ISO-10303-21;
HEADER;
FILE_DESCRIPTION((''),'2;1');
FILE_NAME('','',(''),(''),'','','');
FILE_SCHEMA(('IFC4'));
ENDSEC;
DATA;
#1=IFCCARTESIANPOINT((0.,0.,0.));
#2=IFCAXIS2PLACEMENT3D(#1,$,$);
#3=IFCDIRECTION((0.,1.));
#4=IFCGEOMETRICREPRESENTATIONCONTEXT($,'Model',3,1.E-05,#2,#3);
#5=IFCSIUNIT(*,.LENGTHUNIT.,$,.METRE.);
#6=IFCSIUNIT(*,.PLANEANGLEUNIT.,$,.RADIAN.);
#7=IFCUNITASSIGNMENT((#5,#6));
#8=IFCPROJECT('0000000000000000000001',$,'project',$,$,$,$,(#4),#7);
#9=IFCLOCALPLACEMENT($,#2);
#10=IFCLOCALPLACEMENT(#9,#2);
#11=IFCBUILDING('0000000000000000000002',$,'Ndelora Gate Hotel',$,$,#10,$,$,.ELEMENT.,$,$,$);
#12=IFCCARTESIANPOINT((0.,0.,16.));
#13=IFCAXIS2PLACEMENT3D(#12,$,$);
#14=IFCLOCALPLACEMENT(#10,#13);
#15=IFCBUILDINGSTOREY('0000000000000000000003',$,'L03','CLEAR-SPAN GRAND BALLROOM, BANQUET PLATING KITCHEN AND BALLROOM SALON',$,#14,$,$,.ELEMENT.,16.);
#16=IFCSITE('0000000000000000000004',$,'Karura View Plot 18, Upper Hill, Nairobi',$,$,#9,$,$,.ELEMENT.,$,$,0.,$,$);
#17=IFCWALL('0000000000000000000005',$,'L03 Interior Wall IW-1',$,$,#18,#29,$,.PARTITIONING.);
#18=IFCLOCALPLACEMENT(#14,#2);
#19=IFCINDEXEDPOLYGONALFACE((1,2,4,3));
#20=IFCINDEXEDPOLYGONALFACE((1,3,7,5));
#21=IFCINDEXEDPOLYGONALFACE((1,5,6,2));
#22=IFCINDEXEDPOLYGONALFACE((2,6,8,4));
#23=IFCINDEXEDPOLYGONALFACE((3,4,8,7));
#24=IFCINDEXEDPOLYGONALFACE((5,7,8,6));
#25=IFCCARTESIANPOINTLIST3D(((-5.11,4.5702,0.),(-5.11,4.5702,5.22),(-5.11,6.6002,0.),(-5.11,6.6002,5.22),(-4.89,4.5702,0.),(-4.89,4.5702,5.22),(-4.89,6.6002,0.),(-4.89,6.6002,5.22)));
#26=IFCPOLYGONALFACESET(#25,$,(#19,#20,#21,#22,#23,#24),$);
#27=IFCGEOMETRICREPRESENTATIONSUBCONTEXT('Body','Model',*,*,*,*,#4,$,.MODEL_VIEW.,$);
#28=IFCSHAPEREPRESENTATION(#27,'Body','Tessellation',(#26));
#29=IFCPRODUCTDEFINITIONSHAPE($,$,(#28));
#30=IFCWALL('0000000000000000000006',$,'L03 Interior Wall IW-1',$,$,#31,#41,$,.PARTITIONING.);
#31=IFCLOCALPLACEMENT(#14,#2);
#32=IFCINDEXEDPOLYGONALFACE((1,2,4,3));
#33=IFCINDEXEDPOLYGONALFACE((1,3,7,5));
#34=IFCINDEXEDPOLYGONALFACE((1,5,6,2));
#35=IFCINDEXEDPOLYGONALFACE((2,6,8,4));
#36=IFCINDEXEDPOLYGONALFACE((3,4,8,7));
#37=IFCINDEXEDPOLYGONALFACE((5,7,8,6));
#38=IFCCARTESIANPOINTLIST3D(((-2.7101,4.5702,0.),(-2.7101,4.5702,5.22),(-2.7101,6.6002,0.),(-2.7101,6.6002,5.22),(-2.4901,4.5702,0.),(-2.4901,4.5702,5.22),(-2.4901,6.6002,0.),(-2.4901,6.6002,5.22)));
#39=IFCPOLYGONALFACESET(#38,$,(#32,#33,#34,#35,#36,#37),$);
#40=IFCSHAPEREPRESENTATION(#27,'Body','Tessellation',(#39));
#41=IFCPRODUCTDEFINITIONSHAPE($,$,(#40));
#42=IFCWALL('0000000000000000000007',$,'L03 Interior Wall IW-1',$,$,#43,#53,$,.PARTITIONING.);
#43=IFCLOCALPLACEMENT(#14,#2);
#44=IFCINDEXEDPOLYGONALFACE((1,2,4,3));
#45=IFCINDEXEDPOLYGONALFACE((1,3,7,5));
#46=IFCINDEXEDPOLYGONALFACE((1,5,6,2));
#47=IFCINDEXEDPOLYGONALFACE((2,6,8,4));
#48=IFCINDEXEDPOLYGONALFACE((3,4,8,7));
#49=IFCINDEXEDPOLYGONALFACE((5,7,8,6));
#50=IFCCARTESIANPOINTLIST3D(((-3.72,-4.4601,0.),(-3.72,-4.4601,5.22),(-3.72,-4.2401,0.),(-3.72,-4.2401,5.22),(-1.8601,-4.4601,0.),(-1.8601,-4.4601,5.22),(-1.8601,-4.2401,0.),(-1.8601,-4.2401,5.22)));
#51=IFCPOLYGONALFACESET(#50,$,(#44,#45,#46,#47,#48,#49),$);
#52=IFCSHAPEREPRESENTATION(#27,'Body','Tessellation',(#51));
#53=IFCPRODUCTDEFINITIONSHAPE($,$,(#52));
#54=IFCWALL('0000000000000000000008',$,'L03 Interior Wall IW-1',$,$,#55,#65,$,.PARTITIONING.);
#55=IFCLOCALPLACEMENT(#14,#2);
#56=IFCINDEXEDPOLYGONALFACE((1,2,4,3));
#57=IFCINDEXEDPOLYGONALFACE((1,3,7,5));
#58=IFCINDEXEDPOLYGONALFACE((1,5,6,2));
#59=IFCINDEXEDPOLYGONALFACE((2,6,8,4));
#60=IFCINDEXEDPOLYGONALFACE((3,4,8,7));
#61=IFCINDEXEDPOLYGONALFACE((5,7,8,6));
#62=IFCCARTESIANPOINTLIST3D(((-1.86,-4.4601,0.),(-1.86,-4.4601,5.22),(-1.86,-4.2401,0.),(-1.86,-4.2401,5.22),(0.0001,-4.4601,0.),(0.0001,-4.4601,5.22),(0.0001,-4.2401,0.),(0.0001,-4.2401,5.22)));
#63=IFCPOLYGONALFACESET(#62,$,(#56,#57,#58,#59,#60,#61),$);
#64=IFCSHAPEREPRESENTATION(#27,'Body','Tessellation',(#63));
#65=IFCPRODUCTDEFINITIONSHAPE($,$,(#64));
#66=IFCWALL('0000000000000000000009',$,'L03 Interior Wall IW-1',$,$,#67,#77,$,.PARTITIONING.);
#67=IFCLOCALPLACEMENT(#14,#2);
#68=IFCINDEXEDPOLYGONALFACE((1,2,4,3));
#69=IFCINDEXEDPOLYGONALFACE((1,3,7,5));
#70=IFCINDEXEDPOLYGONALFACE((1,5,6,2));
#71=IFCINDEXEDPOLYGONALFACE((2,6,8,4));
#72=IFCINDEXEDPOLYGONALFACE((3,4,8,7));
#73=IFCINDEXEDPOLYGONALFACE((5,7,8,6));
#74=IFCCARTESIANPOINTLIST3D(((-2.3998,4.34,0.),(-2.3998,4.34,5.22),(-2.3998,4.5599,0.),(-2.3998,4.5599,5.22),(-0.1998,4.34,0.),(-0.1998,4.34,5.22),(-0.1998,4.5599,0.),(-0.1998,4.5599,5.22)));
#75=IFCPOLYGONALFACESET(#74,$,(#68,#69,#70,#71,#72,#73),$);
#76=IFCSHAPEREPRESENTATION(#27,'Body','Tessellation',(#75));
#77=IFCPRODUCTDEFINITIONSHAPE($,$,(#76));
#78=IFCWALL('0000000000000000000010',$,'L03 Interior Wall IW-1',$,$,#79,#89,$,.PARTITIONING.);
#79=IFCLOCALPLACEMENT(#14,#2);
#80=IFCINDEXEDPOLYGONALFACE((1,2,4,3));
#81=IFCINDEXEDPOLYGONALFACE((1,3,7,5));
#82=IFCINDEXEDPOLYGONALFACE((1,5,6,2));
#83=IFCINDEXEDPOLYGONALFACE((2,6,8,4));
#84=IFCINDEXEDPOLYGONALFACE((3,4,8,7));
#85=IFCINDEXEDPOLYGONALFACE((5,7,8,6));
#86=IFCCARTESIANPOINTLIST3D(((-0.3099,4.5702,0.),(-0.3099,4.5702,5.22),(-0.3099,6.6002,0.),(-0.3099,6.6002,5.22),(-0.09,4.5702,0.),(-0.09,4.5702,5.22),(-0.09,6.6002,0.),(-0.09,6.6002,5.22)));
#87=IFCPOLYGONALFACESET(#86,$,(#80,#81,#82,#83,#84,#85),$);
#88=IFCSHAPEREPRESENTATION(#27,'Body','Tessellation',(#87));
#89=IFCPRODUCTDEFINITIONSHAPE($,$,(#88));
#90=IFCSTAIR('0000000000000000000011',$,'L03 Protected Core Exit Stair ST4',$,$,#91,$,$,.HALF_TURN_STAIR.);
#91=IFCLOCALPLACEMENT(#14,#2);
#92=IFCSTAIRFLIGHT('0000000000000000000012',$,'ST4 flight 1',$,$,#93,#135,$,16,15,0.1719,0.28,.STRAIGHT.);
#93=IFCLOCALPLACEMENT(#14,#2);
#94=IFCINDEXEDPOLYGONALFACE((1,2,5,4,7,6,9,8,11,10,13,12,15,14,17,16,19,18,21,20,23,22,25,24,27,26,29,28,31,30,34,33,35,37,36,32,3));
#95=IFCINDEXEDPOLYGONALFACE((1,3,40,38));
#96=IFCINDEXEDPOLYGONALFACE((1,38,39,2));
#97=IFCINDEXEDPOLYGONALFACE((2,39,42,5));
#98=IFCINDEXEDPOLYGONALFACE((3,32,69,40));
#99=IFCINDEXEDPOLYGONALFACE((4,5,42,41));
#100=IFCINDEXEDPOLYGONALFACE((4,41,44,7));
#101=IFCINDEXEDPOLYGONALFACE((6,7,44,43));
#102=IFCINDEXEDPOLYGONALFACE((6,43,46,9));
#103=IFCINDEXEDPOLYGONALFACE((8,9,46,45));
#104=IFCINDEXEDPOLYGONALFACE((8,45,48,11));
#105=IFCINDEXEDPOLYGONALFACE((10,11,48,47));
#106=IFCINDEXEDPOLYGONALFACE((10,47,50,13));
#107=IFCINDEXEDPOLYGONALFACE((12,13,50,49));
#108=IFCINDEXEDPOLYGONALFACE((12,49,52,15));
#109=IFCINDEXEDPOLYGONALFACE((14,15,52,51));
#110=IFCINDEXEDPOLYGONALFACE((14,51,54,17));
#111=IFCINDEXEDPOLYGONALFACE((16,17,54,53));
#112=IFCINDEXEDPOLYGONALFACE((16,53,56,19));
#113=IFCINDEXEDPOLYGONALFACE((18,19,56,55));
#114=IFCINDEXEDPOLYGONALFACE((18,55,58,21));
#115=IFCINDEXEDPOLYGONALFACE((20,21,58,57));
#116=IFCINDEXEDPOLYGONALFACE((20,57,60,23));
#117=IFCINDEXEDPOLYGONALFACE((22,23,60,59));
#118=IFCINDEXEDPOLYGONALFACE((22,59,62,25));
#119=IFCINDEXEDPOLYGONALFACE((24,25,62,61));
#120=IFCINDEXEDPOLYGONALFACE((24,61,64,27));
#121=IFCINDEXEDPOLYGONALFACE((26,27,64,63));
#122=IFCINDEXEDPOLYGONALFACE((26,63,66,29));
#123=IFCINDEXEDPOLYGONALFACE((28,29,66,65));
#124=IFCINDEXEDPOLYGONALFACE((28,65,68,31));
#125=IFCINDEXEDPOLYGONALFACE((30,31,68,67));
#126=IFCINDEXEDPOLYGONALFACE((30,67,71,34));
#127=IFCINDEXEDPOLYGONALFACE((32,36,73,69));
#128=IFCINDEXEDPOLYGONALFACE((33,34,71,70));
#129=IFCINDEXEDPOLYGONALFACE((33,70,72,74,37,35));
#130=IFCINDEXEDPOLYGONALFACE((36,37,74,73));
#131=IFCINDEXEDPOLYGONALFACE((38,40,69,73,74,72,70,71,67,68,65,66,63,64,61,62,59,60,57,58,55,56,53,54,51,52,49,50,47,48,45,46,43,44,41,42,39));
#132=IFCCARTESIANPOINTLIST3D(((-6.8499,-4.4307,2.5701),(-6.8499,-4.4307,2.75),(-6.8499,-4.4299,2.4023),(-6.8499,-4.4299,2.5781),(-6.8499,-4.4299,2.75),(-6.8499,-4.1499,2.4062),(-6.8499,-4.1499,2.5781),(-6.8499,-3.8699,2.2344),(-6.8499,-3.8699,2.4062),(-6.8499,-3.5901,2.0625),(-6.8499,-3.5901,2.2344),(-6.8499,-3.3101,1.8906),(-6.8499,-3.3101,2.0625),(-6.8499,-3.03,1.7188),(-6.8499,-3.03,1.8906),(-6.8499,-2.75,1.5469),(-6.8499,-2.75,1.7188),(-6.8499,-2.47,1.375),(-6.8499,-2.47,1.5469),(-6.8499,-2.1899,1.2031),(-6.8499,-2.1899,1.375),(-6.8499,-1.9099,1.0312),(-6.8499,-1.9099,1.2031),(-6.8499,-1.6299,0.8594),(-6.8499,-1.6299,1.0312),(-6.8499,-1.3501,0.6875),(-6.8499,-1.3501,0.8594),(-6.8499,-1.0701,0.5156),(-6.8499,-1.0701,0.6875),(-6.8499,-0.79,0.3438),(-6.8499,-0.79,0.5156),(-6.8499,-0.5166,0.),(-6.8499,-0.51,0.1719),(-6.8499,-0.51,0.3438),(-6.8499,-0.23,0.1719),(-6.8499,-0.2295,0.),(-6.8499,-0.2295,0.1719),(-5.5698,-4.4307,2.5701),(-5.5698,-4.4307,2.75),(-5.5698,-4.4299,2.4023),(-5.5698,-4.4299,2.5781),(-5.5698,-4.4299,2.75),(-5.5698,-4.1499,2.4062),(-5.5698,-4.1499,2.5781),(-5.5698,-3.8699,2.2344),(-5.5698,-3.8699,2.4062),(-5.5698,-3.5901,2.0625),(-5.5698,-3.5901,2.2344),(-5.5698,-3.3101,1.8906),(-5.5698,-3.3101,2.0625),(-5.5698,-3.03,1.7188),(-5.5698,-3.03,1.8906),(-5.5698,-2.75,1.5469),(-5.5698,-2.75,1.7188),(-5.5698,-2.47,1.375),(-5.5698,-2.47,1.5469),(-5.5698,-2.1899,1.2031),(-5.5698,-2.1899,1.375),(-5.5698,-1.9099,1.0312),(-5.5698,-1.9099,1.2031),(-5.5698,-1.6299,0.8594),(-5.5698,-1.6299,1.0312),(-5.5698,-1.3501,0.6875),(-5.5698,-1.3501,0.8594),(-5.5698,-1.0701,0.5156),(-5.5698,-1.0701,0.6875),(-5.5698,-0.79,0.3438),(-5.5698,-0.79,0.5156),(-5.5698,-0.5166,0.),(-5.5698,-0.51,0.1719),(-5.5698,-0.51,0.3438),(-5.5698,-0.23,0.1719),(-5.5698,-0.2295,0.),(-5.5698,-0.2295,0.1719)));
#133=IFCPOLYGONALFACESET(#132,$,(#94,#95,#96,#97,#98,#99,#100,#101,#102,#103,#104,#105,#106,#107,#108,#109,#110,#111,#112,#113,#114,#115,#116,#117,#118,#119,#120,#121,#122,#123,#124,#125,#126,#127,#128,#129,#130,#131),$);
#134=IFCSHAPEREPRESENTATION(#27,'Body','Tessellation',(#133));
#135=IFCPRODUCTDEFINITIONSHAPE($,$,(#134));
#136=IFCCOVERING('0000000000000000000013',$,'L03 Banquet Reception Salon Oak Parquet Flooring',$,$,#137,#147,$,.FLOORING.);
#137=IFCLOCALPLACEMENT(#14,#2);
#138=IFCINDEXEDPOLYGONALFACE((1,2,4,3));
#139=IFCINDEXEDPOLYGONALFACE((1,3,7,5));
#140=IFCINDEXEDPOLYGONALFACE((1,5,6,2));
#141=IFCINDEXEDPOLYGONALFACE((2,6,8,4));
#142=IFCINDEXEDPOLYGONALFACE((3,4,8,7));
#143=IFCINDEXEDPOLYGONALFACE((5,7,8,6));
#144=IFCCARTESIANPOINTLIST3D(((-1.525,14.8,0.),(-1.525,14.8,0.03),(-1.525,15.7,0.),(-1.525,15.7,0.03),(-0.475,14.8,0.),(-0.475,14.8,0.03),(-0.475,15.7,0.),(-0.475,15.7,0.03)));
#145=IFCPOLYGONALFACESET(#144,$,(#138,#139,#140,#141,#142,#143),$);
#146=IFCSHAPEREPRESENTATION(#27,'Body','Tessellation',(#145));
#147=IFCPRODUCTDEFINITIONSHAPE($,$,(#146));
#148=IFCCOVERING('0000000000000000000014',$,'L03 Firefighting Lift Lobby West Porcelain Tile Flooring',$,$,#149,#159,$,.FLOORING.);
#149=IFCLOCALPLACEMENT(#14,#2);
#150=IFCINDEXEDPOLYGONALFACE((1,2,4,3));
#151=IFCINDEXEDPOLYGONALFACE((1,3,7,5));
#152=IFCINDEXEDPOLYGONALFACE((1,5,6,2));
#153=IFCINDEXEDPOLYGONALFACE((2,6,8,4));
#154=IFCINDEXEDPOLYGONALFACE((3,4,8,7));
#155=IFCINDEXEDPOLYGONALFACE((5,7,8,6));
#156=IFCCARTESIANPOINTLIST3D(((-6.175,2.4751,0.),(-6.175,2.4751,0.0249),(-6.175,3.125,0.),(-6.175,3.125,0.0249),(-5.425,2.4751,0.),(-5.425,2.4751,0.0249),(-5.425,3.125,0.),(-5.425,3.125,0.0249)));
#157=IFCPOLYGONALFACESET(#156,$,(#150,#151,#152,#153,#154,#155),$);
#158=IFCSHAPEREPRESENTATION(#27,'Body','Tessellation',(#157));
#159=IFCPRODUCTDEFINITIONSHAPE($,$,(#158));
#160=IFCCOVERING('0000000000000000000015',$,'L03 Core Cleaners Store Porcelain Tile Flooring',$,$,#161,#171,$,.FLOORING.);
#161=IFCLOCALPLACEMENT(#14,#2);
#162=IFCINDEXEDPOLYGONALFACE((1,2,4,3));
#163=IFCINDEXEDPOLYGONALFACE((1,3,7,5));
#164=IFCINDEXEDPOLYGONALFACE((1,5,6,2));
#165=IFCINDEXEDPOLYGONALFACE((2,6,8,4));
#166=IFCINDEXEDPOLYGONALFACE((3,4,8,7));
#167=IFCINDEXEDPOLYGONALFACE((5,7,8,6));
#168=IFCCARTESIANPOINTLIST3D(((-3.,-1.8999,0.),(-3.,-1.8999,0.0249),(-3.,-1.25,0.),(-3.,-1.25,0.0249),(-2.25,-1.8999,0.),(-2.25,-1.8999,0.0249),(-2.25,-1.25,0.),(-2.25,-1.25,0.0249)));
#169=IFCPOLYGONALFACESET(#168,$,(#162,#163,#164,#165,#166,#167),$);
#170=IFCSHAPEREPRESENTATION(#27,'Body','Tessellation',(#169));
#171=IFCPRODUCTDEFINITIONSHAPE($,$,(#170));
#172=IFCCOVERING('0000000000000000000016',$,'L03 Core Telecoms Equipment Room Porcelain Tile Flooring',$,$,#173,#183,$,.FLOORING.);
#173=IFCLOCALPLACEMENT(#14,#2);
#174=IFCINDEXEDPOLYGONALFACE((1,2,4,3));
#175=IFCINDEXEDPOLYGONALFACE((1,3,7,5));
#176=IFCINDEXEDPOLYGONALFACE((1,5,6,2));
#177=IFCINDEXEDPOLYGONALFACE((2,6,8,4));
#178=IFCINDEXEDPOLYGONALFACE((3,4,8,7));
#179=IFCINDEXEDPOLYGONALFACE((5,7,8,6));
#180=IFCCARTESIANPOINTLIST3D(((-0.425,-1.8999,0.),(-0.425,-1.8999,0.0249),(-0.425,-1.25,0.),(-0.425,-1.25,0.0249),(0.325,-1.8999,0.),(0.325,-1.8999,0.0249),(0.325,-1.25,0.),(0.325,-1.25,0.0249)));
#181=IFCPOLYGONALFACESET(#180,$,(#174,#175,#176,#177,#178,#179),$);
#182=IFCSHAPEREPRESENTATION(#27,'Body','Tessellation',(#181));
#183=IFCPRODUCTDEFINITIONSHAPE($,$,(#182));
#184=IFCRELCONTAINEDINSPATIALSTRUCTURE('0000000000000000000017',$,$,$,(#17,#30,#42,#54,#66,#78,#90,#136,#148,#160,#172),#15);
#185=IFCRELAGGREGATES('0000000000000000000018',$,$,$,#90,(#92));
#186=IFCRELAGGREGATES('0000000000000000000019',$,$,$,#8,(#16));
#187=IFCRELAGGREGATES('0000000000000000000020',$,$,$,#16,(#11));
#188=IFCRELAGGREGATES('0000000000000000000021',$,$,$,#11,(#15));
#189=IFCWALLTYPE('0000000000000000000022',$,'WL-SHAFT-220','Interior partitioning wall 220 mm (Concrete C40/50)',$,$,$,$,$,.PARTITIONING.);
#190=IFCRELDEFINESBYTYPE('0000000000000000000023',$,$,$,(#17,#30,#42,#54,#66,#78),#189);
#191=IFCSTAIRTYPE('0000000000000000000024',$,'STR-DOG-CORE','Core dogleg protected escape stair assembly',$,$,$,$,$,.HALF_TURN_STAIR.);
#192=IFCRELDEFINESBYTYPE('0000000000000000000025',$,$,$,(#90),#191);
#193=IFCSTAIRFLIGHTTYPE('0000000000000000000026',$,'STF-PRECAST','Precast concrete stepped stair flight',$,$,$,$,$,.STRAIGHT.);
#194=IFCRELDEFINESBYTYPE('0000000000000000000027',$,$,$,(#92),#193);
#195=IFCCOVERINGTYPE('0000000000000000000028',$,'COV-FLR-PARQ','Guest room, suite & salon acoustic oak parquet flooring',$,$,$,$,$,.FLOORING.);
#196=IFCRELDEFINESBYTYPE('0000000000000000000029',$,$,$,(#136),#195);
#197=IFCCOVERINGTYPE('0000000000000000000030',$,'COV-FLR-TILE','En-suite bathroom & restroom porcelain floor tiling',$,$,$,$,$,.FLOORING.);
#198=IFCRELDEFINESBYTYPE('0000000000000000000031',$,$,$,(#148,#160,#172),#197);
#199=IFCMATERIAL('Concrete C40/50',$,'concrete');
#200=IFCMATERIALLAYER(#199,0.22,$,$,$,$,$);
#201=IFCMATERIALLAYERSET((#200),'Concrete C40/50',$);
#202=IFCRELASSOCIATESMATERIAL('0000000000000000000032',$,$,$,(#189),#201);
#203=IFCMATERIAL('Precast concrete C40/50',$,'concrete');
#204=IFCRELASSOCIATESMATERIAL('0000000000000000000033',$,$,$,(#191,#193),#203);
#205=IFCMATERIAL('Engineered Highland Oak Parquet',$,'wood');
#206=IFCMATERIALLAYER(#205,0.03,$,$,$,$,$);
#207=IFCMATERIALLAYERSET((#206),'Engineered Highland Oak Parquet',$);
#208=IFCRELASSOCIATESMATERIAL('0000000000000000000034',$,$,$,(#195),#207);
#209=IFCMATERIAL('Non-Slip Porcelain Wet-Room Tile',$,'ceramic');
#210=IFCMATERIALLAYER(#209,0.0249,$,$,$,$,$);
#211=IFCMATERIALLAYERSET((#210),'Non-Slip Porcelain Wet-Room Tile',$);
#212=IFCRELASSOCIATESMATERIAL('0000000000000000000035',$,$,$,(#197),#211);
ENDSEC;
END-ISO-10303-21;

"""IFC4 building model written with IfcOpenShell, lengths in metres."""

from ifc_helpers import new_model, si_unit, direction, frame, frame_2d, origin, origin_2d, place, context, subcontext, project, spatial, polyline, rectangle, outline, extrude, material, layer, layer_set, type_object, element, aggregate, save


model = new_model("IFC4")

# Units and contexts
model_context = context("Model", 3, precision=1e-05, world=origin(), true_north=direction((0.0, 1.0)))
body_context = subcontext(model_context, "Body", "Model", "MODEL_VIEW")
ifc_project = project(units=[si_unit("LENGTHUNIT", "METRE"), si_unit("PLANEANGLEUNIT", "RADIAN")], contexts=[model_context])

# Site, building, storey
site_placement = place(None, origin())
site = spatial("IfcSite", under=ifc_project, at=site_placement, Name="Karura View Plot 18, Upper Hill, Nairobi", CompositionType="ELEMENT", RefElevation=0.0)
building_placement = place(site_placement, origin())
building = spatial("IfcBuilding", under=site, at=building_placement, Name="Ndelora Gate Hotel", CompositionType="ELEMENT")
storey_placement = place(building_placement, frame((0.0, 0.0, 16.0)))
storey = spatial("IfcBuildingStorey", under=building, at=storey_placement, Name="L03", Description="CLEAR-SPAN GRAND BALLROOM, BANQUET PLATING KITCHEN AND BALLROOM SALON", CompositionType="ELEMENT", Elevation=16.0)

# Shared definitions
ifc_material_1 = material(Name="Concrete C40/50", Category="concrete")

# Shared definitions
ifc_layer_1 = layer(ifc_material_1, 0.22)
ifc_layer_set_1 = layer_set([ifc_layer_1], Name="Concrete C40/50")
wall_type_1 = type_object("IfcWallType", Name="WL-SHAFT-220", Description="Interior partitioning wall 220 mm (Concrete C40/50)", PredefinedType="PARTITIONING", material=ifc_layer_set_1)

# Walls
for number, where, z_axis, x_axis, name in (
    (1, (-5.0, 4.5701, 0.0), (0.0, 0.0, 1.0), (0.0, 1.0, 0.0), "L03 Interior Wall IW-1"),
    (2, (-2.6001, 4.5701, 0.0), (0.0, 0.0, 1.0), (0.0, 1.0, 0.0), "L03 Interior Wall IW-1"),
):
    element("IfcWall", number, at=place(storey_placement, frame(where, z_axis=z_axis, x_axis=x_axis)), inside=storey, type_object=wall_type_1, Name=name, PredefinedType="PARTITIONING", context=body_context, shape_type="SweptSolid", body=[
        extrude(rectangle(XDim=2.03, YDim=0.22, at=frame_2d((1.0151, 0.0))), origin(), (0.0, 0.0, 1.0), 5.22),
    ])
wall_1_placement = place(storey_placement, frame((-3.72, -4.3501, 0.0), z_axis=(0.0, 0.0, 1.0), x_axis=(1.0, 0.0, 0.0)))
element("IfcWall", 3, at=wall_1_placement, inside=storey, type_object=wall_type_1, Name="L03 Interior Wall IW-1", PredefinedType="PARTITIONING", context=body_context, shape_type="SweptSolid", body=[
    extrude(rectangle(XDim=1.8599, YDim=0.22, at=frame_2d((0.9299, 0.0))), origin(), (0.0, 0.0, 1.0), 5.22),
])
wall_2_placement = place(storey_placement, frame((-1.8601, -4.3501, 0.0), z_axis=(0.0, 0.0, 1.0), x_axis=(1.0, 0.0, 0.0)))
element("IfcWall", 4, at=wall_2_placement, inside=storey, type_object=wall_type_1, Name="L03 Interior Wall IW-1", PredefinedType="PARTITIONING", context=body_context, shape_type="SweptSolid", body=[
    extrude(rectangle(XDim=1.8601, YDim=0.22, at=frame_2d((0.9302, 0.0))), origin(), (0.0, 0.0, 1.0), 5.22),
])
wall_3_placement = place(storey_placement, frame((-2.3999, 4.45, 0.0), z_axis=(0.0, 0.0, 1.0), x_axis=(1.0, 0.0, 0.0)))
element("IfcWall", 5, at=wall_3_placement, inside=storey, type_object=wall_type_1, Name="L03 Interior Wall IW-1", PredefinedType="PARTITIONING", context=body_context, shape_type="SweptSolid", body=[
    extrude(rectangle(XDim=2.2, YDim=0.22, at=frame_2d((1.1001, 0.0))), origin(), (0.0, 0.0, 1.0), 5.22),
])
wall_4_placement = place(storey_placement, frame((-0.2, 4.5701, 0.0), z_axis=(0.0, 0.0, 1.0), x_axis=(0.0, 1.0, 0.0)))
element("IfcWall", 6, at=wall_4_placement, inside=storey, type_object=wall_type_1, Name="L03 Interior Wall IW-1", PredefinedType="PARTITIONING", context=body_context, shape_type="SweptSolid", body=[
    extrude(rectangle(XDim=2.03, YDim=0.22, at=frame_2d((1.0151, 0.0))), origin(), (0.0, 0.0, 1.0), 5.22),
])

# Stair, stair flight
ifc_material_2 = material(Name="Precast concrete C40/50", Category="concrete")
stair_type = type_object("IfcStairType", Name="STR-DOG-CORE", Description="Core dogleg protected escape stair assembly", PredefinedType="HALF_TURN_STAIR", material=ifc_material_2)
stair_placement = place(storey_placement, origin())
stair = element("IfcStair", 7, at=stair_placement, inside=storey, type_object=stair_type, Name="L03 Protected Core Exit Stair ST4", PredefinedType="HALF_TURN_STAIR")
stair_flight_type = type_object("IfcStairFlightType", Name="STF-PRECAST", Description="Precast concrete stepped stair flight", PredefinedType="STRAIGHT", material=ifc_material_2)
stair_flight_placement = place(storey_placement, frame((-6.21, -0.23, 0.0), z_axis=(0.0, 0.0, 1.0), x_axis=(0.0, -1.0, 0.0)))
stair_flight = element("IfcStairFlight", 8, at=stair_flight_placement, type_object=stair_flight_type, Name="ST4 flight 1", NumberOfRisers=16, NumberOfTreads=15, PredefinedType="STRAIGHT", RiserHeight=0.1719, TreadLength=0.28, context=body_context, shape_type="SweptSolid", body=[
    extrude(outline(polyline([(-0.0005, 0.0), (-0.0005, 0.1719), (0.0, 0.1719), (0.28, 0.1719), (0.28, 0.3438), (0.5601, 0.3438), (0.5601, 0.5156), (0.8401, 0.5156), (0.8401, 0.6875), (1.1201, 0.6875), (1.1201, 0.8594), (1.3999, 0.8594), (1.3999, 1.0312), (1.6799, 1.0312), (1.6799, 1.2031), (1.96, 1.2031), (1.96, 1.375), (2.24, 1.375), (2.24, 1.5469), (2.52, 1.5469), (2.52, 1.7188), (2.8, 1.7188), (2.8, 1.8906), (3.0801, 1.8906), (3.0801, 2.0625), (3.3601, 2.0625), (3.3601, 2.2344), (3.6399, 2.2344), (3.6399, 2.4062), (3.9199, 2.4062), (3.9199, 2.5781), (4.2, 2.5781), (4.2, 2.75), (4.2007, 2.75), (4.2007, 2.5701), (4.2, 2.4023), (0.2866, 0.0), (-0.0005, 0.0)])), frame((0.0, 0.6401, 0.0), z_axis=(0.0, -1.0, 0.0), x_axis=(1.0, 0.0, 0.0)), (0.0, 0.0, 1.0), 1.28),
])
aggregate(stair, [stair_flight])

# Coverings
ifc_material_3 = material(Name="Engineered Highland Oak Parquet", Category="wood")
ifc_layer_2 = layer(ifc_material_3, 0.03)
ifc_layer_set_2 = layer_set([ifc_layer_2], Name="Engineered Highland Oak Parquet")
covering_type_1 = type_object("IfcCoveringType", Name="COV-FLR-PARQ", Description="Guest room, suite & salon acoustic oak parquet flooring", PredefinedType="FLOORING", material=ifc_layer_set_2)
covering_placement = place(storey_placement, frame((-1.0, 15.25, 0.0), z_axis=(0.0, 0.0, 1.0), x_axis=(1.0, 0.0, 0.0)))
element("IfcCovering", 9, at=covering_placement, inside=storey, type_object=covering_type_1, Name="L03 Banquet Reception Salon Oak Parquet Flooring", PredefinedType="FLOORING", context=body_context, shape_type="SweptSolid", body=[
    extrude(rectangle(XDim=1.05, YDim=0.8999, at=origin_2d()), origin(), (0.0, 0.0, 1.0), 0.03),
])
ifc_material_4 = material(Name="Non-Slip Porcelain Wet-Room Tile", Category="ceramic")
ifc_layer_3 = layer(ifc_material_4, 0.0249)
ifc_layer_set_3 = layer_set([ifc_layer_3], Name="Non-Slip Porcelain Wet-Room Tile")
covering_type_2 = type_object("IfcCoveringType", Name="COV-FLR-TILE", Description="En-suite bathroom & restroom porcelain floor tiling", PredefinedType="FLOORING", material=ifc_layer_set_3)
for number, where, z_axis, x_axis, name in (
    (10, (-5.8, 2.8, 0.0), (0.0, 0.0, 1.0), (1.0, 0.0, 0.0), "L03 Firefighting Lift Lobby West Porcelain Tile Flooring"),
    (11, (-2.625, -1.575, 0.0), (0.0, 0.0, 1.0), (1.0, 0.0, 0.0), "L03 Core Cleaners Store Porcelain Tile Flooring"),
    (12, (-0.05, -1.575, 0.0), (0.0, 0.0, 1.0), (1.0, 0.0, 0.0), "L03 Core Telecoms Equipment Room Porcelain Tile Flooring"),
):
    element("IfcCovering", number, at=place(storey_placement, frame(where, z_axis=z_axis, x_axis=x_axis)), inside=storey, type_object=covering_type_2, Name=name, PredefinedType="FLOORING", context=body_context, shape_type="SweptSolid", body=[
        extrude(rectangle(XDim=0.75, YDim=0.6499, at=origin_2d()), origin(), (0.0, 0.0, 1.0), 0.0249),
    ])

save(model, "model.ifc")
